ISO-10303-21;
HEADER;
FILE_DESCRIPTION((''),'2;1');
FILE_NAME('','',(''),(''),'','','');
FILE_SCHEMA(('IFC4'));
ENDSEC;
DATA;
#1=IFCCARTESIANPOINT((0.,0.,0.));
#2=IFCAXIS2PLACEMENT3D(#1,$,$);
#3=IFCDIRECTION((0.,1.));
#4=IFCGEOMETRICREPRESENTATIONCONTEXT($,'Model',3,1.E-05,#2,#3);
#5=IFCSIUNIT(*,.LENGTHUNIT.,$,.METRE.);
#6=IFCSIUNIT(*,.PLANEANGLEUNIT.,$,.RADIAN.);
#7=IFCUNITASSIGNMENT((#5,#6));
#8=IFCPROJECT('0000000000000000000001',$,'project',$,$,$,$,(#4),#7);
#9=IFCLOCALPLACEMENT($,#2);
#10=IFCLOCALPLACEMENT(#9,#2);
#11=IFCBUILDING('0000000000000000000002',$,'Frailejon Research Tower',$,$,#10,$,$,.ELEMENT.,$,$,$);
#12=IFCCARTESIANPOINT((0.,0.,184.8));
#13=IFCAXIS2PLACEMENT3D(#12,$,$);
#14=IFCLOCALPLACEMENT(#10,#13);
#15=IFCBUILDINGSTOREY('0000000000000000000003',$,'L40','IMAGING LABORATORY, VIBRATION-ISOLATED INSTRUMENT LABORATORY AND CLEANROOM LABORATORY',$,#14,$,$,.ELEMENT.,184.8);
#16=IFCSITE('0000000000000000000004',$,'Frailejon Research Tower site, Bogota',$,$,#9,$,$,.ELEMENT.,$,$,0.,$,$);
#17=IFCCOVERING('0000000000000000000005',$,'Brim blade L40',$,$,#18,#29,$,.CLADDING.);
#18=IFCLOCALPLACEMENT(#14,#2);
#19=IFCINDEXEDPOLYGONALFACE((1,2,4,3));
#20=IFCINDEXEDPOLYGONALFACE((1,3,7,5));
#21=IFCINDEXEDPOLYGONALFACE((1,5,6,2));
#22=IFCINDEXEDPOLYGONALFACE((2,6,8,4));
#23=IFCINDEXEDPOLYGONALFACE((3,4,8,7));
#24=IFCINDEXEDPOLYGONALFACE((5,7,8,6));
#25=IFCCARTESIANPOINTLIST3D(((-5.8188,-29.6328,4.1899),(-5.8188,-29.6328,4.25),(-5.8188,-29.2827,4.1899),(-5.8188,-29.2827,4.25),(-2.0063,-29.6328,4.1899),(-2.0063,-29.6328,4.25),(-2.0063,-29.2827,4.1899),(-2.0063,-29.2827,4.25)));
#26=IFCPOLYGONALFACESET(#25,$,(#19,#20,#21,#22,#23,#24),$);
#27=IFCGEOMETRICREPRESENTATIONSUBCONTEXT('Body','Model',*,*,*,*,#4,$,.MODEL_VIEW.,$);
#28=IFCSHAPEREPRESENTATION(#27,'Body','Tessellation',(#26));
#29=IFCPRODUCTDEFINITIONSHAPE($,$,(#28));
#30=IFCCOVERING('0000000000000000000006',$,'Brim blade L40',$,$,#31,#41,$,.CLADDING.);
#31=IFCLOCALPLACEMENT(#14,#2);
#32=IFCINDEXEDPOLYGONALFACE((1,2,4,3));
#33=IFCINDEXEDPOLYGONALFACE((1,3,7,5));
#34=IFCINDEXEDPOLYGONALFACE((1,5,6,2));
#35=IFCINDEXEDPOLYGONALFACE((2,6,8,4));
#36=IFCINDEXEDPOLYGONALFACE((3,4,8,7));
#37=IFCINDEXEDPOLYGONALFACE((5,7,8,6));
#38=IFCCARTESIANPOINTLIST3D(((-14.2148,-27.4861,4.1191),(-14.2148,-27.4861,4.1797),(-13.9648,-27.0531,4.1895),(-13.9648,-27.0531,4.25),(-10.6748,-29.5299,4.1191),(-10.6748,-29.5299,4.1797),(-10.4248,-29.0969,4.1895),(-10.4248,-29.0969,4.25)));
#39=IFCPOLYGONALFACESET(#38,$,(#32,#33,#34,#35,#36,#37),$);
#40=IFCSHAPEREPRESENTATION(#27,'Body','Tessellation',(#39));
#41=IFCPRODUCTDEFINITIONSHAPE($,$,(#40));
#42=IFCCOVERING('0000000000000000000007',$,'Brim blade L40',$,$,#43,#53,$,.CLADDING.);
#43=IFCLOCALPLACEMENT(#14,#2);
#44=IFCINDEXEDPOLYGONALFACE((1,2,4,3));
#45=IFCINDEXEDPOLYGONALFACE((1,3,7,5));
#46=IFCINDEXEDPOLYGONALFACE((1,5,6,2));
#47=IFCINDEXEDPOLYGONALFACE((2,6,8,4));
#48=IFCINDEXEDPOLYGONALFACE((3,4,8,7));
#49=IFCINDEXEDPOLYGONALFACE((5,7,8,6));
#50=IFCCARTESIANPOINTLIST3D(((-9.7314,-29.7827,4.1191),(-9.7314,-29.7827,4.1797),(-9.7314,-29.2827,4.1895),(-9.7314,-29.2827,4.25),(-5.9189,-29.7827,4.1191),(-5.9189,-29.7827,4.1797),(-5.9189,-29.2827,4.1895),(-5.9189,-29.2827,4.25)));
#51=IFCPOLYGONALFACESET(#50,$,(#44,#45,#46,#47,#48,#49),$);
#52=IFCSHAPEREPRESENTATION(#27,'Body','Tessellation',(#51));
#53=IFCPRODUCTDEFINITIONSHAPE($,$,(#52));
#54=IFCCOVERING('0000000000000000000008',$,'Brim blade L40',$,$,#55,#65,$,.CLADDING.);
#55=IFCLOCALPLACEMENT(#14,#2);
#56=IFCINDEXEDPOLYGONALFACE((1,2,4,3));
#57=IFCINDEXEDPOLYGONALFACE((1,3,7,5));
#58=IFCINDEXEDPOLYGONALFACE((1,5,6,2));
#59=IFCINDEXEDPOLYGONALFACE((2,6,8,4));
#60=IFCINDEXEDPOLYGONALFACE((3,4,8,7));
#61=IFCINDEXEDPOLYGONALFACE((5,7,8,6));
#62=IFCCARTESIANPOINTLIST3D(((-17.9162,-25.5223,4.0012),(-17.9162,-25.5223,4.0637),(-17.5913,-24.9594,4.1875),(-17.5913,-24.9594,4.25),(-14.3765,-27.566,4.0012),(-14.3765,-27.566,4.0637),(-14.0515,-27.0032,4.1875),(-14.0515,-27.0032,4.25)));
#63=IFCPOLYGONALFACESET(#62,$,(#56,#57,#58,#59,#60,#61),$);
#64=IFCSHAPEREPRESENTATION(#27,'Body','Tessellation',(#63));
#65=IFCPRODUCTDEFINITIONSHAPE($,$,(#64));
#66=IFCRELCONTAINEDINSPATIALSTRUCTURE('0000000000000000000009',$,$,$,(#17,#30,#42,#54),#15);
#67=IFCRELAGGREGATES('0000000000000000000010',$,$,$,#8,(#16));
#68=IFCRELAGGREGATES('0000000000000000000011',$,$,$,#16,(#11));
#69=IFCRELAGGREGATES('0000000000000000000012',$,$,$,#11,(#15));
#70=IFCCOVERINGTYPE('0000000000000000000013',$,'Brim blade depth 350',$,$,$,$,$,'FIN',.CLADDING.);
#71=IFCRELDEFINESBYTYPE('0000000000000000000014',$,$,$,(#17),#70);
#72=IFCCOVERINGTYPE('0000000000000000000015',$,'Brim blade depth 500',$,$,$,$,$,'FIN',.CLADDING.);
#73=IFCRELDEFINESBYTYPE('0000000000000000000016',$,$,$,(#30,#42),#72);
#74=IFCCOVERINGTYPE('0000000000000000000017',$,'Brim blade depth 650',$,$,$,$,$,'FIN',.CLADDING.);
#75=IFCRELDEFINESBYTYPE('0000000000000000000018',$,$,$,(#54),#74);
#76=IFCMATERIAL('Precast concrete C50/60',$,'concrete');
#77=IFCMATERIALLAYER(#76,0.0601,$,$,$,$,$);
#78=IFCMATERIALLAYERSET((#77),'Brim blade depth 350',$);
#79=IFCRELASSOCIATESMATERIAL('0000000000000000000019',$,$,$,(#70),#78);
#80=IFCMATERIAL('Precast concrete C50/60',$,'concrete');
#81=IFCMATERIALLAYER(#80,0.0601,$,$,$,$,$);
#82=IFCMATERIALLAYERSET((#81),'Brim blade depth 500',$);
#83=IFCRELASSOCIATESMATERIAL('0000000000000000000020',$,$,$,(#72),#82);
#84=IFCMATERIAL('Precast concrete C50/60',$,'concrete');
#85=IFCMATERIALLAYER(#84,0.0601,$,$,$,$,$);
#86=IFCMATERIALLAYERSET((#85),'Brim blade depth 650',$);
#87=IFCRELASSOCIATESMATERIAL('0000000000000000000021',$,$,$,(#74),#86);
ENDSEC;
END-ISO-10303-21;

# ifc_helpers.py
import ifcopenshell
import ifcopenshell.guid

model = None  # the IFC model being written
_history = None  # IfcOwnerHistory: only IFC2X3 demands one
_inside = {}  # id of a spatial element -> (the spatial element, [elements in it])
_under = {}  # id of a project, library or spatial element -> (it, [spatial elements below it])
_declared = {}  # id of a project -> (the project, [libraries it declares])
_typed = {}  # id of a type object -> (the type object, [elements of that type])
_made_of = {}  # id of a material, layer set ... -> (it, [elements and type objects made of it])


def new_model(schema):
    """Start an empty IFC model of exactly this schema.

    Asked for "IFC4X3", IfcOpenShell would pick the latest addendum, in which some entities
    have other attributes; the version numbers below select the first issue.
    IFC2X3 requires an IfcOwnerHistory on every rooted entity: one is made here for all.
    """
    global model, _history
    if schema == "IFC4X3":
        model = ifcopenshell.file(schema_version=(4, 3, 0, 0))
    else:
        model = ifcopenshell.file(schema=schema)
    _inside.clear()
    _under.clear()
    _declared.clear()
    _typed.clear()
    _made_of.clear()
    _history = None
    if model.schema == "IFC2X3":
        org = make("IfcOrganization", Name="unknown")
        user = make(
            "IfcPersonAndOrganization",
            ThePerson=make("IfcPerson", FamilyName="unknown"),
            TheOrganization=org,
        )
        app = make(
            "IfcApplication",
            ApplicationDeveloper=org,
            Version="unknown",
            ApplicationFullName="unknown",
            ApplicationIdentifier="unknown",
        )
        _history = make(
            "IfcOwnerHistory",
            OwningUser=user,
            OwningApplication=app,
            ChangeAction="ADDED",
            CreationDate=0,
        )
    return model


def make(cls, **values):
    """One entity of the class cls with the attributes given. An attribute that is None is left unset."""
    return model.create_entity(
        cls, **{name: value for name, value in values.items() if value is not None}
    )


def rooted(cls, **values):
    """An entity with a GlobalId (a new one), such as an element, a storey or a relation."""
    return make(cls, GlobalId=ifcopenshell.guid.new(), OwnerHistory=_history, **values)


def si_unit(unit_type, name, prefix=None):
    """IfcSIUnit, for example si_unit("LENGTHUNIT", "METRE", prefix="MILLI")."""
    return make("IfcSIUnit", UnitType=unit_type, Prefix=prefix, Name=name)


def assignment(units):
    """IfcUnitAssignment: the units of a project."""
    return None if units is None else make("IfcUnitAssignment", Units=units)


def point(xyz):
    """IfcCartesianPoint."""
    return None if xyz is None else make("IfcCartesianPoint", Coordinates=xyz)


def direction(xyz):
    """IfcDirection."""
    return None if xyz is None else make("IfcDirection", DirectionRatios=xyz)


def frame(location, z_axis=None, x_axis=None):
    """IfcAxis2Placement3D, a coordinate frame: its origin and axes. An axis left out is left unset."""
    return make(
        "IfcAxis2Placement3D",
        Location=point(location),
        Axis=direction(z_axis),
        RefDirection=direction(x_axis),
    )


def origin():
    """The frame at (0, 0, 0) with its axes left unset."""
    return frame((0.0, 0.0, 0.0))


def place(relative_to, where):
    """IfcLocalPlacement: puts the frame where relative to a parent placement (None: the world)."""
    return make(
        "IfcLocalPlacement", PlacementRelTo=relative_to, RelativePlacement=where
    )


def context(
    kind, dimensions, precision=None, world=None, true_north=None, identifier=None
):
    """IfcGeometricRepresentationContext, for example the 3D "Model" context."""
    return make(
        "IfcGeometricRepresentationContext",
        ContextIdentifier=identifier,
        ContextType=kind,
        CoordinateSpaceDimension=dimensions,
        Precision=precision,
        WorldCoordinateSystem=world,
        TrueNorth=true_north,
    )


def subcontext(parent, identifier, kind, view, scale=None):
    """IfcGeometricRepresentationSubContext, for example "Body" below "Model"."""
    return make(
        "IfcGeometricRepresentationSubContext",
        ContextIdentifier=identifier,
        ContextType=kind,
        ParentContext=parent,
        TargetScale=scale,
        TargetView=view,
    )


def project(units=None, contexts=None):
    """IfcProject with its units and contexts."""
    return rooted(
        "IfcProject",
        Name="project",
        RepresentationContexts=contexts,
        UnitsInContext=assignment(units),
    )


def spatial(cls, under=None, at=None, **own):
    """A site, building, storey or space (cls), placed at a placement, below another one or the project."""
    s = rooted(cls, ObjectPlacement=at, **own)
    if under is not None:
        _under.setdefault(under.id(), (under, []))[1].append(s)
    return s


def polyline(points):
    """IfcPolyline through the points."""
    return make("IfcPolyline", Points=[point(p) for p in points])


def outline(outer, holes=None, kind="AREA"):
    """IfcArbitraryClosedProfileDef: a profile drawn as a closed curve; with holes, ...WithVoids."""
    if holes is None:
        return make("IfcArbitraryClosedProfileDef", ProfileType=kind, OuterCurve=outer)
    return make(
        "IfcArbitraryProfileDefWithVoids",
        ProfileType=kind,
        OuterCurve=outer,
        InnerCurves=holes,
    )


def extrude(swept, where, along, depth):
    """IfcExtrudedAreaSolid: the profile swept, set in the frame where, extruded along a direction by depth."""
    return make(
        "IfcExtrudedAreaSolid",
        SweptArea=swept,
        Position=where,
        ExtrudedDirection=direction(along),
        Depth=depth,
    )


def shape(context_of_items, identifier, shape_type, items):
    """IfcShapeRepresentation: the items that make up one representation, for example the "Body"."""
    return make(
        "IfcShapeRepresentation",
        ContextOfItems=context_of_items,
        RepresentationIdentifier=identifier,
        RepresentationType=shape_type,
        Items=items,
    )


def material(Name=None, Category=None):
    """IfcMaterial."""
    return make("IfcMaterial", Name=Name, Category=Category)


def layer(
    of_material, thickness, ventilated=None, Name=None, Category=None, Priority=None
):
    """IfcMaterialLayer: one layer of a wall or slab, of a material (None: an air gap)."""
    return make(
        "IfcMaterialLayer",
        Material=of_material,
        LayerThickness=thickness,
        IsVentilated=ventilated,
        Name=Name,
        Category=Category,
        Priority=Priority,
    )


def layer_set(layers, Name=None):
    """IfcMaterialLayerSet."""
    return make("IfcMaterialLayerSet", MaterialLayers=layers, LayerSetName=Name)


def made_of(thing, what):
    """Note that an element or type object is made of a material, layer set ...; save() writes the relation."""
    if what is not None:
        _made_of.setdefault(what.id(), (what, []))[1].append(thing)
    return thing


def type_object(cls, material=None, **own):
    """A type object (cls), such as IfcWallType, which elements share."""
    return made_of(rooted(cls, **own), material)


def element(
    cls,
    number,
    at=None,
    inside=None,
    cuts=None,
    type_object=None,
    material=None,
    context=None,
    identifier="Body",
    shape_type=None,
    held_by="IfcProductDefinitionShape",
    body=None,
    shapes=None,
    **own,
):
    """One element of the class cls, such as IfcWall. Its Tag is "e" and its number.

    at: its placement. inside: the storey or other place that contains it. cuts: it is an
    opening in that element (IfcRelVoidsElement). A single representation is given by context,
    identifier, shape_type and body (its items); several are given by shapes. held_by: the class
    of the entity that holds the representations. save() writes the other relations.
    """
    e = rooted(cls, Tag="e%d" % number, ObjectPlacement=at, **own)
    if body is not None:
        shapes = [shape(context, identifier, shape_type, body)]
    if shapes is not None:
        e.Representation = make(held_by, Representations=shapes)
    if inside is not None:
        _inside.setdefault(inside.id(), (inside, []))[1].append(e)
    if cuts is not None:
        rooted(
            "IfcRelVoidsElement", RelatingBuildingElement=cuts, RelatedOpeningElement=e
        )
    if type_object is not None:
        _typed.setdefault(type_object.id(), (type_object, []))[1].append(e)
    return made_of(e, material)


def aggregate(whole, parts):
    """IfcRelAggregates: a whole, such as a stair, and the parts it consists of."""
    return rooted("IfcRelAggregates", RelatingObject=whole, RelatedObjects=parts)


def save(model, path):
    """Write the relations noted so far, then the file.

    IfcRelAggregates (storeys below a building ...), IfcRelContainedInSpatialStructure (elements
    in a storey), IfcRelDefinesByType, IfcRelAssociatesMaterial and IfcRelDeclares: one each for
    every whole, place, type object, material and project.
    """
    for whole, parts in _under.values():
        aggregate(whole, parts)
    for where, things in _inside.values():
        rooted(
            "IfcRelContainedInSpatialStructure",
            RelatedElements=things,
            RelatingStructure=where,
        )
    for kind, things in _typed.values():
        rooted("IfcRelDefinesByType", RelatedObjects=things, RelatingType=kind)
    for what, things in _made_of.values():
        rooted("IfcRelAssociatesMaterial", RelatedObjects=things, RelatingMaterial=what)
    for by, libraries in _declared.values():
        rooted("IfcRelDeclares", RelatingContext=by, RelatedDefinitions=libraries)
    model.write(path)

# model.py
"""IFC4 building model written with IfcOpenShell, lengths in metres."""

from ifc_helpers import new_model, si_unit, direction, frame, origin, place, context, subcontext, project, spatial, polyline, outline, extrude, material, layer, layer_set, type_object, element, save


model = new_model("IFC4")

# Units and contexts
model_context = context("Model", 3, precision=1e-05, world=origin(), true_north=direction((0.0, 1.0)))
body_context = subcontext(model_context, "Body", "Model", "MODEL_VIEW")
ifc_project = project(units=[si_unit("LENGTHUNIT", "METRE"), si_unit("PLANEANGLEUNIT", "RADIAN")], contexts=[model_context])

# Site, building, storey
site_placement = place(None, origin())
site = spatial("IfcSite", under=ifc_project, at=site_placement, Name="Frailejon Research Tower site, Bogota", CompositionType="ELEMENT", RefElevation=0.0)
building_placement = place(site_placement, origin())
building = spatial("IfcBuilding", under=site, at=building_placement, Name="Frailejon Research Tower", CompositionType="ELEMENT")
storey_placement = place(building_placement, frame((0.0, 0.0, 184.8)))
storey = spatial("IfcBuildingStorey", under=building, at=storey_placement, Name="L40", Description="IMAGING LABORATORY, VIBRATION-ISOLATED INSTRUMENT LABORATORY AND CLEANROOM LABORATORY", CompositionType="ELEMENT", Elevation=184.8)

# Coverings
ifc_material_1 = material(Name="Precast concrete C50/60", Category="concrete")
ifc_layer_1 = layer(ifc_material_1, 0.0601)
ifc_layer_set_1 = layer_set([ifc_layer_1], Name="Brim blade depth 350")
covering_type_1 = type_object("IfcCoveringType", Name="Brim blade depth 350", ElementType="FIN", PredefinedType="CLADDING", material=ifc_layer_set_1)
covering_1_placement = place(storey_placement, frame((-2.0063, -29.2827, 4.25), z_axis=(-1.0, 0.0, 0.0), x_axis=(0.0, -1.0, 0.0)))
element("IfcCovering", 1, at=covering_1_placement, inside=storey, type_object=covering_type_1, Name="Brim blade L40", PredefinedType="CLADDING", context=body_context, shape_type="SweptSolid", body=[
    extrude(outline(polyline([(0.0, -0.0601), (0.3501, -0.0601), (0.3501, 0.0), (0.0, 0.0), (0.0, -0.0601)])), origin(), (0.0, 0.0, 1.0), 3.8125),
])
ifc_material_2 = material(Name="Precast concrete C50/60", Category="concrete")
ifc_layer_2 = layer(ifc_material_2, 0.0601)
ifc_layer_set_2 = layer_set([ifc_layer_2], Name="Brim blade depth 500")
covering_type_2 = type_object("IfcCoveringType", Name="Brim blade depth 500", ElementType="FIN", PredefinedType="CLADDING", material=ifc_layer_set_2)
covering_2_placement = place(storey_placement, frame((-10.4248, -29.0969, 4.25), z_axis=(-0.866027, 0.499997, 0.0), x_axis=(-0.499997, -0.866027, 0.0)))
element("IfcCovering", 2, at=covering_2_placement, inside=storey, type_object=covering_type_2, Name="Brim blade L40", PredefinedType="CLADDING", context=body_context, shape_type="SweptSolid", body=[
    extrude(outline(polyline([(0.0, -0.0605), (0.5, -0.1309), (0.5, -0.0703), (0.0, 0.0), (0.0, -0.0605)])), origin(), (0.0, 0.0, 1.0), 4.0876),
])
covering_3_placement = place(storey_placement, frame((-5.9189, -29.2827, 4.25), z_axis=(-1.0, 0.0, 0.0), x_axis=(0.0, -1.0, 0.0)))
element("IfcCovering", 3, at=covering_3_placement, inside=storey, type_object=covering_type_2, Name="Brim blade L40", PredefinedType="CLADDING", context=body_context, shape_type="SweptSolid", body=[
    extrude(outline(polyline([(0.0, -0.0605), (0.5, -0.1309), (0.5, -0.0703), (0.0, 0.0), (0.0, -0.0605)])), origin(), (0.0, 0.0, 1.0), 3.8125),
])
ifc_material_3 = material(Name="Precast concrete C50/60", Category="concrete")
ifc_layer_3 = layer(ifc_material_3, 0.0601)
ifc_layer_set_3 = layer_set([ifc_layer_3], Name="Brim blade depth 650")
covering_type_3 = type_object("IfcCoveringType", Name="Brim blade depth 650", ElementType="FIN", PredefinedType="CLADDING", material=ifc_layer_set_3)
covering_4_placement = place(storey_placement, frame((-14.0515, -27.0032, 4.25), z_axis=(-0.866021, 0.500007, 0.0), x_axis=(-0.500007, -0.866021, 0.0)))
element("IfcCovering", 4, at=covering_4_placement, inside=storey, type_object=covering_type_3, Name="Brim blade L40", PredefinedType="CLADDING", context=body_context, shape_type="SweptSolid", body=[
    extrude(outline(polyline([(0.0, -0.0625), (0.6499, -0.2488), (0.6499, -0.1863), (0.0, 0.0), (0.0, -0.0625)])), origin(), (0.0, 0.0, 1.0), 4.0874),
])

save(model, "model.ifc")
